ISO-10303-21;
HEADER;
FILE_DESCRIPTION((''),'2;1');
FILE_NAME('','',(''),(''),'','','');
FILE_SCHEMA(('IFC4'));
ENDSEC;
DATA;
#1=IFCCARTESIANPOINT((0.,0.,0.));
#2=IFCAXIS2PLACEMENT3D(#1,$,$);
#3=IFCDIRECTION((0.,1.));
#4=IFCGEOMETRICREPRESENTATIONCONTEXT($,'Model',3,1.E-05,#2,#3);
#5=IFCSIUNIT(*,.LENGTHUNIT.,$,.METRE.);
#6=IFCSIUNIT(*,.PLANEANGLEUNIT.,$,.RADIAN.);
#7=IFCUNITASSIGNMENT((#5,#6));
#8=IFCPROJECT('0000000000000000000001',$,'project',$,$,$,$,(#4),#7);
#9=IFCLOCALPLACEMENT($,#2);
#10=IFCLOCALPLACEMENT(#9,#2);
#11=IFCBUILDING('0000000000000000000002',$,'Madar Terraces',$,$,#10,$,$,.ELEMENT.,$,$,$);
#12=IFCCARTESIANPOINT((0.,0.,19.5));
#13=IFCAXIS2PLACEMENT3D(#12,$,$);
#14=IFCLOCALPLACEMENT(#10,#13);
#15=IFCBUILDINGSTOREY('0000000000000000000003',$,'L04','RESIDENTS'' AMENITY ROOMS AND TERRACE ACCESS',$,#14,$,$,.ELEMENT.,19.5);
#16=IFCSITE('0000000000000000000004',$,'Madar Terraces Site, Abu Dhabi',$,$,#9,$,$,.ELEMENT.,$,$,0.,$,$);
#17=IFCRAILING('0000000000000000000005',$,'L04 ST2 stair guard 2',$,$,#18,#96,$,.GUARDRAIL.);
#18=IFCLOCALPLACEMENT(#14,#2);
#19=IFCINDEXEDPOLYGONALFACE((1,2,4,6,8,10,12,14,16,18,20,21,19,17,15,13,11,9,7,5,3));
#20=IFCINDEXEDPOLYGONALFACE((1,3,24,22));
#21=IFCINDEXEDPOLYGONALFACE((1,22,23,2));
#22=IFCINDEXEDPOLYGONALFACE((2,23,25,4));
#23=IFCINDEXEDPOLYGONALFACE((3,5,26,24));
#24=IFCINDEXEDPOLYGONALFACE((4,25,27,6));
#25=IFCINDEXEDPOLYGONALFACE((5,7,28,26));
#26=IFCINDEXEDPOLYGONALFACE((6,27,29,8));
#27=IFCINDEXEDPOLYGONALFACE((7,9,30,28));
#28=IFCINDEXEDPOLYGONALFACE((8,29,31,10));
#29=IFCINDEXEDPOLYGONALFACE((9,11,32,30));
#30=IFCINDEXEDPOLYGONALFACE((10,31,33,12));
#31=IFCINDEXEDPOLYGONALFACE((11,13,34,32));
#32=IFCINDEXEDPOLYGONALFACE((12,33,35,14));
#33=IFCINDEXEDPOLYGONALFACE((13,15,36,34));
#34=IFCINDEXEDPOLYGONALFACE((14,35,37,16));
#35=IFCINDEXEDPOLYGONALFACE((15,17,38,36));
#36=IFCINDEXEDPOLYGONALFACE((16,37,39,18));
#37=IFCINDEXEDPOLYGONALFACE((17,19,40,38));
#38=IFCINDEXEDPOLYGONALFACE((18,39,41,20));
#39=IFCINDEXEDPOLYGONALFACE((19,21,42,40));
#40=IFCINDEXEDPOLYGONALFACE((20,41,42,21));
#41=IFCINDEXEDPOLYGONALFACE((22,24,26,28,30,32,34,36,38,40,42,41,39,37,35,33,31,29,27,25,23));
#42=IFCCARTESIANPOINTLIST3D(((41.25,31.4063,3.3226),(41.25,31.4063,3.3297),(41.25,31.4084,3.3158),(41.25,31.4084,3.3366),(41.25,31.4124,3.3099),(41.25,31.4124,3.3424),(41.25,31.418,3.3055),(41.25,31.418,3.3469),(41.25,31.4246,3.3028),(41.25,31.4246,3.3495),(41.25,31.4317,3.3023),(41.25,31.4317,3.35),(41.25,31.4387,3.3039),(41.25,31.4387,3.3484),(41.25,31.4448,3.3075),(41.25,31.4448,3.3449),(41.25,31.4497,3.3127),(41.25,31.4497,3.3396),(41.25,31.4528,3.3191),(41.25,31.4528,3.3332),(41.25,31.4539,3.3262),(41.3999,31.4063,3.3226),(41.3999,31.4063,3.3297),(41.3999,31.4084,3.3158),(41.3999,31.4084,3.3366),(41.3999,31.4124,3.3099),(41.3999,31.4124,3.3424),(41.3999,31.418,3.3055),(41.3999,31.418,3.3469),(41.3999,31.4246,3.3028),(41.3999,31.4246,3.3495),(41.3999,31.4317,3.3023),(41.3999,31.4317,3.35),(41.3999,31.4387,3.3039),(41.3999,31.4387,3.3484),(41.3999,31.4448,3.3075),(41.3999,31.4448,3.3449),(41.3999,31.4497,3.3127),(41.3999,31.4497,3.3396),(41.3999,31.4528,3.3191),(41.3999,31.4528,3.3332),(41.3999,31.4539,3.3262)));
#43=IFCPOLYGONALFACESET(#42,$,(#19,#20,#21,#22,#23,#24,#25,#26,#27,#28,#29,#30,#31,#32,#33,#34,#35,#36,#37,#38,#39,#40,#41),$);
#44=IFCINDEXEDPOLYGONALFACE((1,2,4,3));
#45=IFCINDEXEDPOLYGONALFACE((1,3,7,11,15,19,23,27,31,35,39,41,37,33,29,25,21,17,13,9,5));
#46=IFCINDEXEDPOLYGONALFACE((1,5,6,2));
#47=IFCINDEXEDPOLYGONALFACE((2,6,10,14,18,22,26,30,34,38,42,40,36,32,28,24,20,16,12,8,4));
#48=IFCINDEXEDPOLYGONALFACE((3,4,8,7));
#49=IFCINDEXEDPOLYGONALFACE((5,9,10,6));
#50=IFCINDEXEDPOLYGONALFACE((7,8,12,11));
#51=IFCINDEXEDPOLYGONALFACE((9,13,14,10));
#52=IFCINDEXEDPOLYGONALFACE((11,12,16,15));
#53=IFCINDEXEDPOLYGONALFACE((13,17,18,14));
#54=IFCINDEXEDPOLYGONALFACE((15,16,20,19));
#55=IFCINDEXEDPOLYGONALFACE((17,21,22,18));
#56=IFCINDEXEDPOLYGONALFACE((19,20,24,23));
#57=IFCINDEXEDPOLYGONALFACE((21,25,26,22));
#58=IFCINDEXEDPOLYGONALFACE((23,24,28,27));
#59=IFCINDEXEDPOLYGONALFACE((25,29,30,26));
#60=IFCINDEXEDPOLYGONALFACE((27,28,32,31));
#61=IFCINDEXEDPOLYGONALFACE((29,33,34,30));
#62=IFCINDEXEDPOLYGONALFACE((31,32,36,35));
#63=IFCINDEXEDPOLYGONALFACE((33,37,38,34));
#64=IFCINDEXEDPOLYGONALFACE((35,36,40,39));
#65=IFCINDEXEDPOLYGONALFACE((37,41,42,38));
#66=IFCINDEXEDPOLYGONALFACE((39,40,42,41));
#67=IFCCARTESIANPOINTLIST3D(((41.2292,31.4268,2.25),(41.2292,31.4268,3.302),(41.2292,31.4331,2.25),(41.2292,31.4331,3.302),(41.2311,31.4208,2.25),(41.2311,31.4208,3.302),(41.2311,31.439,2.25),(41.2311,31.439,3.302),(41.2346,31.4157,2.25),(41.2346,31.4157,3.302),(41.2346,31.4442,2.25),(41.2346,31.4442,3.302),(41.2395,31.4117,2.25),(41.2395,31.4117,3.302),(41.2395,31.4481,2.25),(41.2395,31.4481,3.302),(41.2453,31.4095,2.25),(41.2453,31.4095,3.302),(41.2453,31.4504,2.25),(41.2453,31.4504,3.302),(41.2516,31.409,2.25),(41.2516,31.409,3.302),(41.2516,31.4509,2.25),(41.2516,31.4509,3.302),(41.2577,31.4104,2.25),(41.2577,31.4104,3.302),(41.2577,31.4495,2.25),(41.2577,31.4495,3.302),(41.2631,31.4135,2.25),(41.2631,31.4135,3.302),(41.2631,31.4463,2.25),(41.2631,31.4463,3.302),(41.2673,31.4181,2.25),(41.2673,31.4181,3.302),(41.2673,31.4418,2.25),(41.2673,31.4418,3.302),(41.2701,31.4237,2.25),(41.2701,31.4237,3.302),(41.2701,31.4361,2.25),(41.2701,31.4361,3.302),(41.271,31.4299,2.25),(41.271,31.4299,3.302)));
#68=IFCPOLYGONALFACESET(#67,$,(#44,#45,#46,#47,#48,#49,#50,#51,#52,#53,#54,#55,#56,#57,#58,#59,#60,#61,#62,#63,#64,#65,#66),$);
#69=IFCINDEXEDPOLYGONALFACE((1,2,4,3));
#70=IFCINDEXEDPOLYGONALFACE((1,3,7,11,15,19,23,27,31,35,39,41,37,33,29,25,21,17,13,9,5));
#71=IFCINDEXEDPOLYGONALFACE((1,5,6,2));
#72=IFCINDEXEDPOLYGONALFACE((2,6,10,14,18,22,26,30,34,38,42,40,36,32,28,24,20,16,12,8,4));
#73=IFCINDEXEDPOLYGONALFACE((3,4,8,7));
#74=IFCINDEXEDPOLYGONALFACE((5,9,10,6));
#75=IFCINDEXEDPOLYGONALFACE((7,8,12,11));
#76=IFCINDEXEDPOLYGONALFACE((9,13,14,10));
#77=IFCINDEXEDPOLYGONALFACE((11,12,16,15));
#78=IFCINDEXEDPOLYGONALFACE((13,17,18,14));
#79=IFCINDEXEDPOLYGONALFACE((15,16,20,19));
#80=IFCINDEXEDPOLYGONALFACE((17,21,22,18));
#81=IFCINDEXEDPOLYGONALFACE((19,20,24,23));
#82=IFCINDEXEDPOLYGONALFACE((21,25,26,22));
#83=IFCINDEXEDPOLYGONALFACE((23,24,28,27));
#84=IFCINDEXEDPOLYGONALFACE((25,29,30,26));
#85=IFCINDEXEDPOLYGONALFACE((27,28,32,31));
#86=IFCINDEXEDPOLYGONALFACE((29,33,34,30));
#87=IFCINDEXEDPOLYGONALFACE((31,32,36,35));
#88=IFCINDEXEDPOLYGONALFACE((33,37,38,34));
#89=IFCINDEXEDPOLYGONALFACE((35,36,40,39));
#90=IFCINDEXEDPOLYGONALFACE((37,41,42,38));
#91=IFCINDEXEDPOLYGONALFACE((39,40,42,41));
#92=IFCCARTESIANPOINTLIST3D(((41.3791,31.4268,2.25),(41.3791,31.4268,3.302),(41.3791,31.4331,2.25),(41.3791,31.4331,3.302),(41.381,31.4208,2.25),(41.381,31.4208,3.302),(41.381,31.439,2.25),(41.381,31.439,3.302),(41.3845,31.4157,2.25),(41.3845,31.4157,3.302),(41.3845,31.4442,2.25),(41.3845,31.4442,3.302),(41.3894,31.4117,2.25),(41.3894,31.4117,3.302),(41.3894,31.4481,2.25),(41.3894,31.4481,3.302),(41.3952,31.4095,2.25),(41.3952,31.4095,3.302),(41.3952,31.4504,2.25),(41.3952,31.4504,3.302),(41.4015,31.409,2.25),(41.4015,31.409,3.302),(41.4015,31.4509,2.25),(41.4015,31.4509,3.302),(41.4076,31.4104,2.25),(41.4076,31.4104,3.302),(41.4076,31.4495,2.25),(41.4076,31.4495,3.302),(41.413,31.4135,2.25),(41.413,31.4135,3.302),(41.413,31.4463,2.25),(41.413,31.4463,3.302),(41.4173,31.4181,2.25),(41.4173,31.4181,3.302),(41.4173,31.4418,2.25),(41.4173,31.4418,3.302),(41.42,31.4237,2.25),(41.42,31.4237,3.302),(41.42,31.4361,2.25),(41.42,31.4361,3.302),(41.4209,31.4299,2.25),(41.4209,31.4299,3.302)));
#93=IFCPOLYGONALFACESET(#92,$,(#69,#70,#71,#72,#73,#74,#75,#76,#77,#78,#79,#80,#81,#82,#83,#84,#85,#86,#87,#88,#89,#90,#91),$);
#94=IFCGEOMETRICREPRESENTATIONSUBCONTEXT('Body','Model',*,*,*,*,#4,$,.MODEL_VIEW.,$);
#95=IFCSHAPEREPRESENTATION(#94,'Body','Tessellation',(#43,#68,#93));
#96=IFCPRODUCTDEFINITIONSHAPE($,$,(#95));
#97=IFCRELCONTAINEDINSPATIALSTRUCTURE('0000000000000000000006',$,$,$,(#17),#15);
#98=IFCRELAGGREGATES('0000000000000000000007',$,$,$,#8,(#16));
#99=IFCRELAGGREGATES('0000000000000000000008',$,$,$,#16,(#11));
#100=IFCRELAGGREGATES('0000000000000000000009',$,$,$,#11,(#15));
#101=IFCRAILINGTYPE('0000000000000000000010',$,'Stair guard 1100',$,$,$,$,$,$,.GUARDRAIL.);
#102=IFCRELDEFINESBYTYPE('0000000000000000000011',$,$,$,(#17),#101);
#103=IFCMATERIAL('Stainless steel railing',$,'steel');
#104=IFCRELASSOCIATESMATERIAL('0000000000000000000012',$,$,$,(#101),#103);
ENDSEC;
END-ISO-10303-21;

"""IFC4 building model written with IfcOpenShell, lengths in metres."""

from ifc_helpers import new_model, si_unit, direction, frame, origin, origin_2d, place, context, subcontext, project, spatial, circle, extrude, material, type_object, element, save


model = new_model("IFC4")

# Units and contexts
model_context = context("Model", 3, precision=1e-05, world=origin(), true_north=direction((0.0, 1.0)))
body_context = subcontext(model_context, "Body", "Model", "MODEL_VIEW")
ifc_project = project(units=[si_unit("LENGTHUNIT", "METRE"), si_unit("PLANEANGLEUNIT", "RADIAN")], contexts=[model_context])

# Site, building, storey
site_placement = place(None, origin())
site = spatial("IfcSite", under=ifc_project, at=site_placement, Name="Madar Terraces Site, Abu Dhabi", CompositionType="ELEMENT", RefElevation=0.0)
building_placement = place(site_placement, origin())
building = spatial("IfcBuilding", under=site, at=building_placement, Name="Madar Terraces", CompositionType="ELEMENT")
storey_placement = place(building_placement, frame((0.0, 0.0, 19.5)))
storey = spatial("IfcBuildingStorey", under=building, at=storey_placement, Name="L04", Description="RESIDENTS' AMENITY ROOMS AND TERRACE ACCESS", CompositionType="ELEMENT", Elevation=19.5)

# Railing
ifc_material_1 = material(Name="Stainless steel railing", Category="steel")
railing_type_1 = type_object("IfcRailingType", Name="Stair guard 1100", PredefinedType="GUARDRAIL", material=ifc_material_1)
railing_1_placement = place(storey_placement, frame((41.25, 31.4299, 2.25)))
element("IfcRailing", 1, at=railing_1_placement, inside=storey, type_object=railing_type_1, Name="L04 ST2 stair guard 2", PredefinedType="GUARDRAIL", context=body_context, shape_type="SweptSolid", body=[
    extrude(circle(Radius=0.0239, at=origin_2d()), frame((0.0, 0.0, 1.0762), z_axis=(1.0, 0.0, 0.0), x_axis=(0.0, 1.0, 0.0)), (0.0, 0.0, 1.0), 0.1499),
    extrude(circle(Radius=0.021, at=origin_2d()), origin(), (0.0, 0.0, 1.0), 1.052),
    extrude(circle(Radius=0.021, at=origin_2d()), frame((0.1499, 0.0, 0.0)), (0.0, 0.0, 1.0), 1.052),
])

save(model, "model.ifc")
